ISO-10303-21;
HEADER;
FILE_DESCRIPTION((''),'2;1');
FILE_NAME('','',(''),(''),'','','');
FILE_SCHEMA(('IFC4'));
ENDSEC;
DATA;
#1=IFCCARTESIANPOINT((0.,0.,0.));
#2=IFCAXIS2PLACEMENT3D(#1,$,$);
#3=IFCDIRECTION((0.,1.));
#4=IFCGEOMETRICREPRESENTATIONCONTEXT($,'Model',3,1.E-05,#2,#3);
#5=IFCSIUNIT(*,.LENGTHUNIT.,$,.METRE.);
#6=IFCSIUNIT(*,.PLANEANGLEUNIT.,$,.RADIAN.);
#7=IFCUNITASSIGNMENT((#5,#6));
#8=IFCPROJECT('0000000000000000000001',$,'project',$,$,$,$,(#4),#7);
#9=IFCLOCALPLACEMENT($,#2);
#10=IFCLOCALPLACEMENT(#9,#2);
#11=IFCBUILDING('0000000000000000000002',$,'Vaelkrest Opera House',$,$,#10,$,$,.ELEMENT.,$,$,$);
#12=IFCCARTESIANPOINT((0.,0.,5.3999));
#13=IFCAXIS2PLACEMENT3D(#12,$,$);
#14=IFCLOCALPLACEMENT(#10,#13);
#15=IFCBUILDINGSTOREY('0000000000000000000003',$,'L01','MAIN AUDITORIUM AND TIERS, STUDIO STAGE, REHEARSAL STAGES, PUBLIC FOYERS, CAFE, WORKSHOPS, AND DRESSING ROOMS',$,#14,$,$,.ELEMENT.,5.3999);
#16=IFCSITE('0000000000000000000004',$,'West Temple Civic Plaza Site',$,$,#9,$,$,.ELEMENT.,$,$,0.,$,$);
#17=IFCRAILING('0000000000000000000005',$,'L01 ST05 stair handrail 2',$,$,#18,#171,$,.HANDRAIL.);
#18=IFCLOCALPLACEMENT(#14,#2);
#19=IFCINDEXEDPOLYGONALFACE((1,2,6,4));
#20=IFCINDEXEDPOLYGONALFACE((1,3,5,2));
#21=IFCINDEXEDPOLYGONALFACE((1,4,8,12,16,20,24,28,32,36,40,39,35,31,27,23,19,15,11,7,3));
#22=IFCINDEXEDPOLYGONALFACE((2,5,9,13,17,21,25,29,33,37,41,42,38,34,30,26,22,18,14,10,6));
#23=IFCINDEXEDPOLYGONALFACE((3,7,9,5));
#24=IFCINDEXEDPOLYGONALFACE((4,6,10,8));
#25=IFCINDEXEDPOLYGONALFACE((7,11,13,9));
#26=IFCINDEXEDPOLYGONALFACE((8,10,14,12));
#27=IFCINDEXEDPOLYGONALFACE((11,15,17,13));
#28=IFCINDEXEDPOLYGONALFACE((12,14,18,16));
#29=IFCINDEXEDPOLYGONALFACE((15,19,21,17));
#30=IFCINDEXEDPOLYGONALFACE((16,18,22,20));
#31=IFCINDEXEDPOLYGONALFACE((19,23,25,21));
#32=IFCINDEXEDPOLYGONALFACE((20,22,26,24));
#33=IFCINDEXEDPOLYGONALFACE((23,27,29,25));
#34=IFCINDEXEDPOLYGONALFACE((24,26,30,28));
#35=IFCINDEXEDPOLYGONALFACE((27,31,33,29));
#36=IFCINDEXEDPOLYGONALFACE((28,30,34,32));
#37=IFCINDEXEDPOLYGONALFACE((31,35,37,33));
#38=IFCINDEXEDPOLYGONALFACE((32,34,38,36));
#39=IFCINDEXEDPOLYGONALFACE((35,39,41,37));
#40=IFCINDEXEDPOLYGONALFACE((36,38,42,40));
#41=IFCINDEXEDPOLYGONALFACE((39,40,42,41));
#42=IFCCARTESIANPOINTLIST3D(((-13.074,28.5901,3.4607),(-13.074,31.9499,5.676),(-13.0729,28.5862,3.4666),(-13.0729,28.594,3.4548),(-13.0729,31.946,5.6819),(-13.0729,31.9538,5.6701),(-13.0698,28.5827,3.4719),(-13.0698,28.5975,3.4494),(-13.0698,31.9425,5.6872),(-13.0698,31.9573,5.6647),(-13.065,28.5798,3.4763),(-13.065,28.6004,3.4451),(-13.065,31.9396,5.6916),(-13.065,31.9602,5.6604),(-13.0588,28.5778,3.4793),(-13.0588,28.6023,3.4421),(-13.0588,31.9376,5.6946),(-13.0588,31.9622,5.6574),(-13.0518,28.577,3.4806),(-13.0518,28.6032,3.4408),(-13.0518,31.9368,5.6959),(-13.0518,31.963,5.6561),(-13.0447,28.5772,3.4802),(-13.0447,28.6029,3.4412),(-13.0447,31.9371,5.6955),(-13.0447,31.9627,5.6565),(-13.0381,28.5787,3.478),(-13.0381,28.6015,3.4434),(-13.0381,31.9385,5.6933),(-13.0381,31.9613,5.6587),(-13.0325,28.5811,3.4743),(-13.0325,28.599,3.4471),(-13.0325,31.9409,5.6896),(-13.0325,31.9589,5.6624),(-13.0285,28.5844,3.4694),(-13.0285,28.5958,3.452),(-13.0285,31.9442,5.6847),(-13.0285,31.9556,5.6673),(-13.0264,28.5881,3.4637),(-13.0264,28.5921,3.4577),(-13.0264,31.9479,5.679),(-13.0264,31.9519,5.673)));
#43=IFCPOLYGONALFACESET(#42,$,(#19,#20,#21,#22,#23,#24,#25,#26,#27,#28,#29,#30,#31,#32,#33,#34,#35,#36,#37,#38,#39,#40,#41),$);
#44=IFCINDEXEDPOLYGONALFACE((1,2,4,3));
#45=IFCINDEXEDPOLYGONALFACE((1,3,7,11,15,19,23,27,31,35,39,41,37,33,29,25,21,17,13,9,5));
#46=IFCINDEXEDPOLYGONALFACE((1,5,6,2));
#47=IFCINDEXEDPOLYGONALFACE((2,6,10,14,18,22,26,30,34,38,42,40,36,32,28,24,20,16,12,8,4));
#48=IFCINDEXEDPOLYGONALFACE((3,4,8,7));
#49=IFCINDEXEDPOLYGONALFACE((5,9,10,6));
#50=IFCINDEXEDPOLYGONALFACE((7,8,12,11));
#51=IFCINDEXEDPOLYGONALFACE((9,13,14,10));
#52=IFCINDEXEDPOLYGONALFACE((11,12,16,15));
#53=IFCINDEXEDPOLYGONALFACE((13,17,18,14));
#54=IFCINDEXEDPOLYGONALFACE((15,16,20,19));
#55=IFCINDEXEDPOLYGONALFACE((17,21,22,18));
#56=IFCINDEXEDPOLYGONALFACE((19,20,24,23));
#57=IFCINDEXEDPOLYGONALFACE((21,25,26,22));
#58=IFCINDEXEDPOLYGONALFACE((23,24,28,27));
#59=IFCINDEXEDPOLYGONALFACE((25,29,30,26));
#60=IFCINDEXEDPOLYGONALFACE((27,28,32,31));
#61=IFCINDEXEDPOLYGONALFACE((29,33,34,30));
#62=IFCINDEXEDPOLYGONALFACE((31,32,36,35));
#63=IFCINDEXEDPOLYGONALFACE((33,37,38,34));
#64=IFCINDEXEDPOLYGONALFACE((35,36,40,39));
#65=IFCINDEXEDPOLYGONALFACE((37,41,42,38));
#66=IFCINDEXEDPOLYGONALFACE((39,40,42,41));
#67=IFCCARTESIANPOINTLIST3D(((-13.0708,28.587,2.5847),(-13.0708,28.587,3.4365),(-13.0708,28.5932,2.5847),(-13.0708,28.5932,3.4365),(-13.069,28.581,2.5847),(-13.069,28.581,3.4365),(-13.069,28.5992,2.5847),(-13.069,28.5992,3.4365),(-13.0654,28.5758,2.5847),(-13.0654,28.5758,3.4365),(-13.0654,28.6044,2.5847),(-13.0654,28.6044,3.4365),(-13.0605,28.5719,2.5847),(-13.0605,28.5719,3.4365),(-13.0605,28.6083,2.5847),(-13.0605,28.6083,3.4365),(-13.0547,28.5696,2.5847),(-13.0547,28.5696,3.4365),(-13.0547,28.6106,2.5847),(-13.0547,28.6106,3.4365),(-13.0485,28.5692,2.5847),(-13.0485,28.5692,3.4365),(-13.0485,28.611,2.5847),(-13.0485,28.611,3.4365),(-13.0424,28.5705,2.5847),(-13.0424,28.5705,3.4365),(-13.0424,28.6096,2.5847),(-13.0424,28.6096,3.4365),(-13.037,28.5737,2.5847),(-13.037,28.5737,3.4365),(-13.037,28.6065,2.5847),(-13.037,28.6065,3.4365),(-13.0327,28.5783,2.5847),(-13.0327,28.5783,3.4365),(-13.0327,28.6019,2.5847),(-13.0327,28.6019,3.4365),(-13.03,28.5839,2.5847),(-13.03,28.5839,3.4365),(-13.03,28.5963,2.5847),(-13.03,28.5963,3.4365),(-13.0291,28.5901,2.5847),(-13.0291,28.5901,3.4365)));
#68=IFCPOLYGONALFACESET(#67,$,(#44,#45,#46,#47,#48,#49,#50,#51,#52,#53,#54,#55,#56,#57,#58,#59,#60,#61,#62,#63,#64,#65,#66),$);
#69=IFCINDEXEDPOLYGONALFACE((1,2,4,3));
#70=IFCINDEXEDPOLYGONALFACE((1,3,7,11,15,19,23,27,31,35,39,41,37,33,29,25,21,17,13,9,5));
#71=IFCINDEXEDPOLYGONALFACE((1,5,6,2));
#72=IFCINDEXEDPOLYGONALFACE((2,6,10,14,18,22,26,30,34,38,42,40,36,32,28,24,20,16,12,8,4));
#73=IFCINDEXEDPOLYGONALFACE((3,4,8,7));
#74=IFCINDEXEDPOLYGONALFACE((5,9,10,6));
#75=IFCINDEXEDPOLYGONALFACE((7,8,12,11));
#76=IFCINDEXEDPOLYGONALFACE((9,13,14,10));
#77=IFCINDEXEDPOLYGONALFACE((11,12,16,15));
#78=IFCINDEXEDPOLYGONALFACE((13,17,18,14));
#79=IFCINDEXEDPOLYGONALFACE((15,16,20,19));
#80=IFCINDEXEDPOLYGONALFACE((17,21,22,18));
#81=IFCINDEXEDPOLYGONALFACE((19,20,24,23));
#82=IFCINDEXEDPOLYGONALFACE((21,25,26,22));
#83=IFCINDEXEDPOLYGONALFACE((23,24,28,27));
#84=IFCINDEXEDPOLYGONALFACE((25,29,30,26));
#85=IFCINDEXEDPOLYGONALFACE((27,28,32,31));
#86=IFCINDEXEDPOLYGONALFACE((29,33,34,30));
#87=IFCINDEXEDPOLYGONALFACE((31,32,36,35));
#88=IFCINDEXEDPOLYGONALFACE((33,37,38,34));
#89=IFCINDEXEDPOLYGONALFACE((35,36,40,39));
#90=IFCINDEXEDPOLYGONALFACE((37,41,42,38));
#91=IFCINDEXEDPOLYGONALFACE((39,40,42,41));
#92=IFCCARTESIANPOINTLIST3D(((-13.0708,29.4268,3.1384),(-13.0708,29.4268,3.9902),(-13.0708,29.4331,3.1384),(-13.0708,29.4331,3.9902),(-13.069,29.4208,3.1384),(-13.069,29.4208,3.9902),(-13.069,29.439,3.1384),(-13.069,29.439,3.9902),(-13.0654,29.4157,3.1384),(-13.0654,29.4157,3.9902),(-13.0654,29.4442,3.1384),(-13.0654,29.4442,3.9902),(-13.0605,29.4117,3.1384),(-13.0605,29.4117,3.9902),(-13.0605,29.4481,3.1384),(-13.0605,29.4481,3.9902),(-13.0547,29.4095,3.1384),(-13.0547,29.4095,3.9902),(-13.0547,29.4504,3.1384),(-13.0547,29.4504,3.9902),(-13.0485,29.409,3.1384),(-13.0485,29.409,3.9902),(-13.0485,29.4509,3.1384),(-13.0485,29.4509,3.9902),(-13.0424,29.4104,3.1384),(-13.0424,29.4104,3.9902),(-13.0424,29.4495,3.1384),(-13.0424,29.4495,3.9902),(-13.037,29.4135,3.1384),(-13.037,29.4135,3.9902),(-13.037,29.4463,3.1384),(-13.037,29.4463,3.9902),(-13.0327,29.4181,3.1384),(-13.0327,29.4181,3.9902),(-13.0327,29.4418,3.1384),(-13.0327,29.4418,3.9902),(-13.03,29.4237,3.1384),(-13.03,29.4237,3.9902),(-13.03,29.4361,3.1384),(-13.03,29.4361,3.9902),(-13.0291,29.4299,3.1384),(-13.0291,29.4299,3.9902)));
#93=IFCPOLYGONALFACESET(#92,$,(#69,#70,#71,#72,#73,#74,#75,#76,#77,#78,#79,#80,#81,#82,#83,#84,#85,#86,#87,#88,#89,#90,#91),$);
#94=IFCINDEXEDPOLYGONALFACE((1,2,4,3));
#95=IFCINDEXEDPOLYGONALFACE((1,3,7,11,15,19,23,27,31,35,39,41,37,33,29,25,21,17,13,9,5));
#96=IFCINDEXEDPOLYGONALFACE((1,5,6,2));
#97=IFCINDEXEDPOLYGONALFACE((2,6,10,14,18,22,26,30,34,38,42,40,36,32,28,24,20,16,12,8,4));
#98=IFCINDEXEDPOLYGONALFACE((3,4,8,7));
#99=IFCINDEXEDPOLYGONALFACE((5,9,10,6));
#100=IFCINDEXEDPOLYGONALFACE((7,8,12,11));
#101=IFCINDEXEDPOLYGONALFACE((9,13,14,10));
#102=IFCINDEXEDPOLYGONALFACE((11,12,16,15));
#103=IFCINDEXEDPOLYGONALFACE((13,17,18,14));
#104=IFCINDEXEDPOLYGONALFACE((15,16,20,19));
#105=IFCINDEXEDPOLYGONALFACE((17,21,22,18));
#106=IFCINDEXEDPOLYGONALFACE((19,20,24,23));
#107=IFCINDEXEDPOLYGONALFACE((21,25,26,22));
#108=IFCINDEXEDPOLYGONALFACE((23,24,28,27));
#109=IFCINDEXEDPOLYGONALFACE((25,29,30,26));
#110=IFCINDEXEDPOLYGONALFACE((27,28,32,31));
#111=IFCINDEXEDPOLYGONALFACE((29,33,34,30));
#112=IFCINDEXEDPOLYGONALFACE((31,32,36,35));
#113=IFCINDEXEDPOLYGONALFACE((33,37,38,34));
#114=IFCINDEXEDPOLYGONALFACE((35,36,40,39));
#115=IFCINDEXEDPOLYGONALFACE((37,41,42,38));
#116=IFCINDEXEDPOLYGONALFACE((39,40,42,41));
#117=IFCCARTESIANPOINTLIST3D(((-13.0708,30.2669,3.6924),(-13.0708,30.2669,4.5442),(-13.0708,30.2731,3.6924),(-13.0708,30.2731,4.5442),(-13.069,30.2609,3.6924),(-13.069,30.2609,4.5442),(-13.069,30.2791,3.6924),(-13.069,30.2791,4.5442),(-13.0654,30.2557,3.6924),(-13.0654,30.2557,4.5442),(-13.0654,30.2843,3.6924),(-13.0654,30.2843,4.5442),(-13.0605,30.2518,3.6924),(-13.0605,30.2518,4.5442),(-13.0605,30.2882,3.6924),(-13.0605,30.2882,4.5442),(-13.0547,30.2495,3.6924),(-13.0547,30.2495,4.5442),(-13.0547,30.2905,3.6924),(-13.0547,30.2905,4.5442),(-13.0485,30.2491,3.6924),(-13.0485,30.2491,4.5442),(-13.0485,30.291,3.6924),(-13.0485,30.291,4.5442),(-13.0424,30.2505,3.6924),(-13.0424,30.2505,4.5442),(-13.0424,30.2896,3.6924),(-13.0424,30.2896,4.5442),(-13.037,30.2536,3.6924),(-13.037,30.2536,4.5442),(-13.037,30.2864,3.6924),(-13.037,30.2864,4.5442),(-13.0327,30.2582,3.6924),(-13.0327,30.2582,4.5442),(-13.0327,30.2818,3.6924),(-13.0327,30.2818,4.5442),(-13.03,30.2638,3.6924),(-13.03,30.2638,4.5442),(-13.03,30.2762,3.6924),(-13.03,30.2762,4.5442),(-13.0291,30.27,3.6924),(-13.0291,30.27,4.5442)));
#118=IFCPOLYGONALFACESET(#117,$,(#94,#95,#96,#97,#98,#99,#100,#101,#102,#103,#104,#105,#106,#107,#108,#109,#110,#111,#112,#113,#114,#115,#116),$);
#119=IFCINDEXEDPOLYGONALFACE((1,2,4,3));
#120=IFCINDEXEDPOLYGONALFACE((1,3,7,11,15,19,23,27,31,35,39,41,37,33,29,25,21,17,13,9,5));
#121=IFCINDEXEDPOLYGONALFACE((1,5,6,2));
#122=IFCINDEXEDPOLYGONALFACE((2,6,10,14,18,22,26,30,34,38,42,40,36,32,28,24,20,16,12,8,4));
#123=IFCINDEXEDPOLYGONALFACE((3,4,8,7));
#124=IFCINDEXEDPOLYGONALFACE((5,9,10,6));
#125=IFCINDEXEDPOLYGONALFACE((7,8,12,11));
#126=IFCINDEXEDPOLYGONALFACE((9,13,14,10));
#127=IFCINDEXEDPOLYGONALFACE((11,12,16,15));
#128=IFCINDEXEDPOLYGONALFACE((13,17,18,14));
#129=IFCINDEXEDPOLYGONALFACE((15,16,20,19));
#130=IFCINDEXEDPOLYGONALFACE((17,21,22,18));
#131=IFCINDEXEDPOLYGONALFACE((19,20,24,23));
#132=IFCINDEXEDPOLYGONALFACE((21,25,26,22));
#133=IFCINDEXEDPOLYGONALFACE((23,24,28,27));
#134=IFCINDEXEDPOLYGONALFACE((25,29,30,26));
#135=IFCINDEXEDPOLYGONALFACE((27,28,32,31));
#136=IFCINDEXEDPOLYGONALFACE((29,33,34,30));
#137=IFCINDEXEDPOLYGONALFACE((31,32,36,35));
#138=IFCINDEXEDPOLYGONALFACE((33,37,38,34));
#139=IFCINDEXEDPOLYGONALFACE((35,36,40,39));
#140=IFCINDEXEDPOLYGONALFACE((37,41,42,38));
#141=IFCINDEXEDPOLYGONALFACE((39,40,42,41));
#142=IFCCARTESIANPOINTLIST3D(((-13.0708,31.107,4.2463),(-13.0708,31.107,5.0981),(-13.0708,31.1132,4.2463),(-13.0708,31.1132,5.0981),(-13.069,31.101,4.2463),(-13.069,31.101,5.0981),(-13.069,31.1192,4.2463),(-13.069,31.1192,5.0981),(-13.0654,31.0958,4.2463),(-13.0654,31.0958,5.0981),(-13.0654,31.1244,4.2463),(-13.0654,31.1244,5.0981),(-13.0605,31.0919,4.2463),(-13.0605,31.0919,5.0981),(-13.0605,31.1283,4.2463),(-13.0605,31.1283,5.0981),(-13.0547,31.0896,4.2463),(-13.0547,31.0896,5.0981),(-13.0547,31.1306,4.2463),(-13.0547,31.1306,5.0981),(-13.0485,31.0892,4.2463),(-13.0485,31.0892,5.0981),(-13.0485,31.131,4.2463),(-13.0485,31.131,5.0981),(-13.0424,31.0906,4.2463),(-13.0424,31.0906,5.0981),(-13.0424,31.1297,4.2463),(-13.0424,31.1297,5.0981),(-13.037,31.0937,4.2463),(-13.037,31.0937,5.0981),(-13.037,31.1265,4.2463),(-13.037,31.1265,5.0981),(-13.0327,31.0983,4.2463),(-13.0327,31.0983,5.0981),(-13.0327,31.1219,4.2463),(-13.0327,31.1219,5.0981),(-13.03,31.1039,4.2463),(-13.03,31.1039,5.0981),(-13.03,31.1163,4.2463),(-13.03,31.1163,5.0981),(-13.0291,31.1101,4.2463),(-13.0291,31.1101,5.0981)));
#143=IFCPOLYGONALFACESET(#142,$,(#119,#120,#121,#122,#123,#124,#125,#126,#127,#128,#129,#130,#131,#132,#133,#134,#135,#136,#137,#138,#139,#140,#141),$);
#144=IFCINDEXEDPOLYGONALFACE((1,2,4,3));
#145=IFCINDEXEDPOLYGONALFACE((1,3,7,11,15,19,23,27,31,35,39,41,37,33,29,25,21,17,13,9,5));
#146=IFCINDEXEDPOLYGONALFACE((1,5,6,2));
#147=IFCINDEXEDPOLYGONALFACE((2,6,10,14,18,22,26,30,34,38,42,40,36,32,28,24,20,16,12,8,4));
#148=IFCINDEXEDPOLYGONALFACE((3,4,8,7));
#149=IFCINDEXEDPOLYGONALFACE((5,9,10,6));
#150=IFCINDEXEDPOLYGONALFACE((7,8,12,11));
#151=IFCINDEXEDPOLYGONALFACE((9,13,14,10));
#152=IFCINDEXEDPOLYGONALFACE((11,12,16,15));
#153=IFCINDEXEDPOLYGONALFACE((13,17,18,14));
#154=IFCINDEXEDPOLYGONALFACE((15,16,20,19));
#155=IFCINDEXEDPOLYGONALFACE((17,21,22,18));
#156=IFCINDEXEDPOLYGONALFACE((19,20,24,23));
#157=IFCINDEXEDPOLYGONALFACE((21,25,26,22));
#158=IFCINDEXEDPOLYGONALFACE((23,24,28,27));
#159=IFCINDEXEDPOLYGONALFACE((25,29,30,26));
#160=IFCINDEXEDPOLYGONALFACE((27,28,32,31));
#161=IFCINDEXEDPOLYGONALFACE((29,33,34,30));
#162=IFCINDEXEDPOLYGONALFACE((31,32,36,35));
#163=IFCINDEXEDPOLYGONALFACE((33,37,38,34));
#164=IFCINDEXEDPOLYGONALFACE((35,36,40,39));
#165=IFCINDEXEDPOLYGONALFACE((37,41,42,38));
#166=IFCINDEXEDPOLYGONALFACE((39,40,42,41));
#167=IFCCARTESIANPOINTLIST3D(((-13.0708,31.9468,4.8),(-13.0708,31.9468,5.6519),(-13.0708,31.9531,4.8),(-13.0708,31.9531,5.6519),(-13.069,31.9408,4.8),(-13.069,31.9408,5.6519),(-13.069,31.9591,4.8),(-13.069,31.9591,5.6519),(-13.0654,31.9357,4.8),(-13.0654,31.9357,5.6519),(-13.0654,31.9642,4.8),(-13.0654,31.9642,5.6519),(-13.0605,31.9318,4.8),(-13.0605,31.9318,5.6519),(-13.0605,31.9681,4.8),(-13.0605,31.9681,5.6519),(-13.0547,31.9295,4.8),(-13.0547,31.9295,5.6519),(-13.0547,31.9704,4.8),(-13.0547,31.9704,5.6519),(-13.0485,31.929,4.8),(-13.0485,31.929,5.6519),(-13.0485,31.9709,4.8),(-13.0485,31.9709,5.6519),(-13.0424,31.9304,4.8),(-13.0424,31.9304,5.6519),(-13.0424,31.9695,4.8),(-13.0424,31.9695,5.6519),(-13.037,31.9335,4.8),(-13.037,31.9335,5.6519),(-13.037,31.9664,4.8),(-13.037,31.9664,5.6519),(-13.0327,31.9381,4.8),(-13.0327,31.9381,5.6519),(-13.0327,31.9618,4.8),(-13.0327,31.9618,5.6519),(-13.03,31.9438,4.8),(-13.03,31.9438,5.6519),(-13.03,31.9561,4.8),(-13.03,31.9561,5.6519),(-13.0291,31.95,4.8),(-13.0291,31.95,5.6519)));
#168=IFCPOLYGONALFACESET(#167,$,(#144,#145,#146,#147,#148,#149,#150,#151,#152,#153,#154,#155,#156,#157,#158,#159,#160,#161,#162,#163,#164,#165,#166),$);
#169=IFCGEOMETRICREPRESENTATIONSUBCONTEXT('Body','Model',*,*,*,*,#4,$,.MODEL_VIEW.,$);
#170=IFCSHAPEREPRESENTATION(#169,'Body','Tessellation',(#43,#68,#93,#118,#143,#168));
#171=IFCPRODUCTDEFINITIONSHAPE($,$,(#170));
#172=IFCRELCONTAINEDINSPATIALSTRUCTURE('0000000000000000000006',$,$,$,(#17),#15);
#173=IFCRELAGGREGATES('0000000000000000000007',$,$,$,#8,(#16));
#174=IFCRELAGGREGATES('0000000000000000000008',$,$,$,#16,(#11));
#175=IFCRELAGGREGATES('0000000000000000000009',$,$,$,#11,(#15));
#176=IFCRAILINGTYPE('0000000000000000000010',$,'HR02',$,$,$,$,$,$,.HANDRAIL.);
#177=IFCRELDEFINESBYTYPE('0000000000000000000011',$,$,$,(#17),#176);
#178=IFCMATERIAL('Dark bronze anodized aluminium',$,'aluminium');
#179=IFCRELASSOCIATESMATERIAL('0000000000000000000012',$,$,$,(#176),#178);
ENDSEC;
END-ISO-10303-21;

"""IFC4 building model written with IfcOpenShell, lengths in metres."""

from ifc_helpers import new_model, si_unit, direction, frame, origin, origin_2d, place, context, subcontext, project, spatial, circle, extrude, material, type_object, element, save


model = new_model("IFC4")

# Units and contexts
model_context = context("Model", 3, precision=1e-05, world=origin(), true_north=direction((0.0, 1.0)))
body_context = subcontext(model_context, "Body", "Model", "MODEL_VIEW")
ifc_project = project(units=[si_unit("LENGTHUNIT", "METRE"), si_unit("PLANEANGLEUNIT", "RADIAN")], contexts=[model_context])

# Site, building, storey
site_placement = place(None, origin())
site = spatial("IfcSite", under=ifc_project, at=site_placement, Name="West Temple Civic Plaza Site", CompositionType="ELEMENT", RefElevation=0.0)
building_placement = place(site_placement, origin())
building = spatial("IfcBuilding", under=site, at=building_placement, Name="Vaelkrest Opera House", CompositionType="ELEMENT")
storey_placement = place(building_placement, frame((0.0, 0.0, 5.3999)))
storey = spatial("IfcBuildingStorey", under=building, at=storey_placement, Name="L01", Description="MAIN AUDITORIUM AND TIERS, STUDIO STAGE, REHEARSAL STAGES, PUBLIC FOYERS, CAFE, WORKSHOPS, AND DRESSING ROOMS", CompositionType="ELEMENT", Elevation=5.3999)

# Railing
ifc_material_1 = material(Name="Dark bronze anodized aluminium", Category="aluminium")
railing_type_1 = type_object("IfcRailingType", Name="HR02", PredefinedType="HANDRAIL", material=ifc_material_1)
railing_1_placement = place(storey_placement, frame((-13.05, 28.5901, 2.5847)))
element("IfcRailing", 1, at=railing_1_placement, inside=storey, type_object=railing_type_1, Name="L01 ST05 stair handrail 2", PredefinedType="HANDRAIL", context=body_context, shape_type="SweptSolid", body=[
    extrude(circle(Radius=0.0239, at=origin_2d()), frame((0.0, 0.0, 0.876), z_axis=(0.0, 0.834858, 0.550465), x_axis=(-1.0, 0.0, 0.0)), (0.0, 0.0, 1.0), 4.0244),
    extrude(circle(Radius=0.021, at=origin_2d()), origin(), (0.0, 0.0, 1.0), 0.8518),
    extrude(circle(Radius=0.021, at=origin_2d()), frame((0.0, 0.8398, 0.5537)), (0.0, 0.0, 1.0), 0.8518),
    extrude(circle(Radius=0.021, at=origin_2d()), frame((0.0, 1.6799, 1.1077)), (0.0, 0.0, 1.0), 0.8518),
    extrude(circle(Radius=0.021, at=origin_2d()), frame((0.0, 2.52, 1.6616)), (0.0, 0.0, 1.0), 0.8518),
    extrude(circle(Radius=0.021, at=origin_2d()), frame((0.0, 3.3599, 2.2153)), (0.0, 0.0, 1.0), 0.8518),
])

save(model, "model.ifc")
